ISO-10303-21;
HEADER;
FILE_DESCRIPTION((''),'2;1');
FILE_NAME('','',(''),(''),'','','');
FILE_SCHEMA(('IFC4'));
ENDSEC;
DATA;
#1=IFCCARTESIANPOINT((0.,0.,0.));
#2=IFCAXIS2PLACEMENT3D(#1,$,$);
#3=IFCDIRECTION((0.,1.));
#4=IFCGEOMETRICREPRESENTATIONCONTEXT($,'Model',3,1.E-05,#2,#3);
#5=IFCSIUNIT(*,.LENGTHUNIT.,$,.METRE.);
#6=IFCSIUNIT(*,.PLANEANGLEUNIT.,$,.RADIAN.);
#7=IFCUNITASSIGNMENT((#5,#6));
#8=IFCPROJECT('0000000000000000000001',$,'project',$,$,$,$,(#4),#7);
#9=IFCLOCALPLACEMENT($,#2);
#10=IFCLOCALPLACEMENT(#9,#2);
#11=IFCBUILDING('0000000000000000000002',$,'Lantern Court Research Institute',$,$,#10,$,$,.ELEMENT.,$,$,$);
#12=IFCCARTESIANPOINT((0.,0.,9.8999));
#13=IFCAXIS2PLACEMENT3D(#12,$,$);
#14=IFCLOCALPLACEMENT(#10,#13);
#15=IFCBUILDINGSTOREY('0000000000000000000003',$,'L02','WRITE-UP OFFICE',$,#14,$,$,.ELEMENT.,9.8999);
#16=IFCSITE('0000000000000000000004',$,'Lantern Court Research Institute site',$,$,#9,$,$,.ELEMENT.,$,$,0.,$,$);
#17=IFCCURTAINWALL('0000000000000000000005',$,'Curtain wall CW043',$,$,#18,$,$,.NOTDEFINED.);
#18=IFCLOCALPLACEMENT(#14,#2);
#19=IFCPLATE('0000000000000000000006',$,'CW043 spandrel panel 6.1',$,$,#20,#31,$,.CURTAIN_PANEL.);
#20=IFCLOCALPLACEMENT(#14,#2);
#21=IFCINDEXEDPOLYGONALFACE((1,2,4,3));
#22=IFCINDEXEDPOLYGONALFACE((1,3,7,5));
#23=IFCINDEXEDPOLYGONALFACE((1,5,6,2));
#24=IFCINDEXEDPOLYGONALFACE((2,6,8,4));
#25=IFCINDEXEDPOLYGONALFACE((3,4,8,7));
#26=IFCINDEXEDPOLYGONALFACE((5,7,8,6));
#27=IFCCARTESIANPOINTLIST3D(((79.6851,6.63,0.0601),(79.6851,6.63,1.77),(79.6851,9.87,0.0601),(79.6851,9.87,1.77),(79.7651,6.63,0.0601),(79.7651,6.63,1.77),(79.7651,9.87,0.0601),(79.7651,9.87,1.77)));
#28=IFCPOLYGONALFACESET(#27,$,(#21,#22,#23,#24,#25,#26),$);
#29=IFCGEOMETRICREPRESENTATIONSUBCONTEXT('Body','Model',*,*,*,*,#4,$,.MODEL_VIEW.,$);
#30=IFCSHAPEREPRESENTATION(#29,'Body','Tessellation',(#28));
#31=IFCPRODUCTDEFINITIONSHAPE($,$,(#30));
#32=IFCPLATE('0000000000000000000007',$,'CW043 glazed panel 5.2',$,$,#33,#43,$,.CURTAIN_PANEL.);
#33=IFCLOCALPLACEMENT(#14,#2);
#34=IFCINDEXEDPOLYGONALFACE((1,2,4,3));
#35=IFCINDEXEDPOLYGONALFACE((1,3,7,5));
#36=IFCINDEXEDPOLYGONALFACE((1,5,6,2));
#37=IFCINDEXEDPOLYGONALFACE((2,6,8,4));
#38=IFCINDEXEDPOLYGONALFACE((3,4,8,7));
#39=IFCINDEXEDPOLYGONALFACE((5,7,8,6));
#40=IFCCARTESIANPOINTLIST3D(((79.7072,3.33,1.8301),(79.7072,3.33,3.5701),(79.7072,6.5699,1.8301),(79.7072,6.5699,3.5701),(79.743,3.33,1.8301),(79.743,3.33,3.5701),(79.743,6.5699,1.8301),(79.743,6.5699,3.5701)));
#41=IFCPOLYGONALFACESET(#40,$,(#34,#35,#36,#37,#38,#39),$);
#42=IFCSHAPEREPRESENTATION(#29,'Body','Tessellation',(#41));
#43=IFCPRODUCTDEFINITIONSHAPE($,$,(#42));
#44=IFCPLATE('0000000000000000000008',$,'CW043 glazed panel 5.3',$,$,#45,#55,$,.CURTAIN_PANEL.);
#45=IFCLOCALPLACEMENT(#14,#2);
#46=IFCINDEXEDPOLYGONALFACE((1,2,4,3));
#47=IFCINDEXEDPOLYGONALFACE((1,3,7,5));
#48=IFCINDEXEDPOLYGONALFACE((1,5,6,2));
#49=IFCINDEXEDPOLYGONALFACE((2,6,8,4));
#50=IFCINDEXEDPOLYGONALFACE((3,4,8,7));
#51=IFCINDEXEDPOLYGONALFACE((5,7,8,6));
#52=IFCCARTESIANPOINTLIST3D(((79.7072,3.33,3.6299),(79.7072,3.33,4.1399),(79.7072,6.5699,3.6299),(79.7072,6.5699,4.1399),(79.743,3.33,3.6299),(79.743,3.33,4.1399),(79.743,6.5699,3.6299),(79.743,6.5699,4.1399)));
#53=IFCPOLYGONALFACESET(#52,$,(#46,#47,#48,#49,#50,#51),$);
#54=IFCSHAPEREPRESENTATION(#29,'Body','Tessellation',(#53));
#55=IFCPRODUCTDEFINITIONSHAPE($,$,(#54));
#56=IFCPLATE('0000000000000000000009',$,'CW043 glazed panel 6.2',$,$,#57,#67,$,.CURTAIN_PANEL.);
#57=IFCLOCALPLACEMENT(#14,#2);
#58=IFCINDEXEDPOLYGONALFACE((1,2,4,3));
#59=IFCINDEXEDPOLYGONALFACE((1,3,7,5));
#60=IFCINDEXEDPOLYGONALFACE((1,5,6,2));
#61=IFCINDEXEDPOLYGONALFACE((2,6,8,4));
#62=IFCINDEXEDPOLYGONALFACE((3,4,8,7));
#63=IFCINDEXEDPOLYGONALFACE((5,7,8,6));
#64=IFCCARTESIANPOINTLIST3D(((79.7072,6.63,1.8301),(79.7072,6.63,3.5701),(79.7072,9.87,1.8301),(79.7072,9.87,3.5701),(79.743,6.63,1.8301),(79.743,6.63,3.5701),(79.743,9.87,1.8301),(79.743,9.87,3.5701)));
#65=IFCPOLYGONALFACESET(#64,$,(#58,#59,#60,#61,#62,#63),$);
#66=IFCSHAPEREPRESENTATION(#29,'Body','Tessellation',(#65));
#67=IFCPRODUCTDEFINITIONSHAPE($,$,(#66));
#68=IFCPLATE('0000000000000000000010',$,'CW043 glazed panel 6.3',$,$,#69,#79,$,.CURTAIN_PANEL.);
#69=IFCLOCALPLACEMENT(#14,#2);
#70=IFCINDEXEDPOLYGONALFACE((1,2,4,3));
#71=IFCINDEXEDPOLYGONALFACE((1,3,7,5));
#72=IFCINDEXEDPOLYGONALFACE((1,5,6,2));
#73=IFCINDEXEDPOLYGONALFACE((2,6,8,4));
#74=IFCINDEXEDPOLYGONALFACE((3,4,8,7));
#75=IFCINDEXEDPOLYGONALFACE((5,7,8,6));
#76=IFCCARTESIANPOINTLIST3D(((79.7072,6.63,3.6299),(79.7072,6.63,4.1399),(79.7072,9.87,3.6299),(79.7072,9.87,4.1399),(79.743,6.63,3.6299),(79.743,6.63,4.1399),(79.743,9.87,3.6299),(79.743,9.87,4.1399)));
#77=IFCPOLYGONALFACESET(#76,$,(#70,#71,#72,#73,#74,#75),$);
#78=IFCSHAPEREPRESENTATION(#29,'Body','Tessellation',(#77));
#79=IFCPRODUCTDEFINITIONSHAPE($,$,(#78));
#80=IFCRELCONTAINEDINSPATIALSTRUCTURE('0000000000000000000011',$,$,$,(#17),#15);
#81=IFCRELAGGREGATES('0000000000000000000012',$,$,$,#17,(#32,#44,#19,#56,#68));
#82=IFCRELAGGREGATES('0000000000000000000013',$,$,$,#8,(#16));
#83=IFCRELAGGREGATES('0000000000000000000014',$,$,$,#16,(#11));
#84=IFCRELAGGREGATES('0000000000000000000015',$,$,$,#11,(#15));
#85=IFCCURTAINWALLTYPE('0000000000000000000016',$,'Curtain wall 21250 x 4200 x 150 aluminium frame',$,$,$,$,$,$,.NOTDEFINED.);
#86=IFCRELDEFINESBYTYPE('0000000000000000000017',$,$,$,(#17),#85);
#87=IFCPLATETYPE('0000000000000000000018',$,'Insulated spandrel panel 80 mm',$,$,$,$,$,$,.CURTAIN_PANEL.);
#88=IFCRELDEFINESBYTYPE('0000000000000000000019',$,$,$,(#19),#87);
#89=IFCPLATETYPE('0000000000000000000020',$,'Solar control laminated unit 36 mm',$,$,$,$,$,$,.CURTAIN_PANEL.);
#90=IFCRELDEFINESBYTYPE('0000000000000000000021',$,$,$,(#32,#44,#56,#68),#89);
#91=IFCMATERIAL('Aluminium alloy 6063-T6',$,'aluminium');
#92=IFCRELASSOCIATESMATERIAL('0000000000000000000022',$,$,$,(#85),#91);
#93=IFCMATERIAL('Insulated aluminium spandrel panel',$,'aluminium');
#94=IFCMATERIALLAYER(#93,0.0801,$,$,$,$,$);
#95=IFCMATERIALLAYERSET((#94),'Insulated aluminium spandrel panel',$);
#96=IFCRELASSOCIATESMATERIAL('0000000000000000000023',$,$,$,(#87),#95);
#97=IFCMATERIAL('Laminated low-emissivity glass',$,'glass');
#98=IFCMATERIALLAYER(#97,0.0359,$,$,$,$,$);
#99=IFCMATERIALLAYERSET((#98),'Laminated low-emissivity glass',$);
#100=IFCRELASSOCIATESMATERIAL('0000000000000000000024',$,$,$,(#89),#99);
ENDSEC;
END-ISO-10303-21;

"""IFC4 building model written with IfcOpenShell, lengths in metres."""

from ifc_helpers import new_model, si_unit, direction, frame, origin, origin_2d, place, context, subcontext, project, spatial, rectangle, extrude, material, layer, layer_set, type_object, element, aggregate, save


model = new_model("IFC4")

# Units and contexts
model_context = context("Model", 3, precision=1e-05, world=origin(), true_north=direction((0.0, 1.0)))
body_context = subcontext(model_context, "Body", "Model", "MODEL_VIEW")
ifc_project = project(units=[si_unit("LENGTHUNIT", "METRE"), si_unit("PLANEANGLEUNIT", "RADIAN")], contexts=[model_context])

# Site, building, storey
site_placement = place(None, origin())
site = spatial("IfcSite", under=ifc_project, at=site_placement, Name="Lantern Court Research Institute site", CompositionType="ELEMENT", RefElevation=0.0)
building_placement = place(site_placement, origin())
building = spatial("IfcBuilding", under=site, at=building_placement, Name="Lantern Court Research Institute", CompositionType="ELEMENT")
storey_placement = place(building_placement, frame((0.0, 0.0, 9.8999)))
storey = spatial("IfcBuildingStorey", under=building, at=storey_placement, Name="L02", Description="WRITE-UP OFFICE", CompositionType="ELEMENT", Elevation=9.8999)

# Curtain wall, plates
ifc_material_1 = material(Name="Aluminium alloy 6063-T6", Category="aluminium")
curtain_wall_type = type_object("IfcCurtainWallType", Name="Curtain wall 21250 x 4200 x 150 aluminium frame", PredefinedType="NOTDEFINED", material=ifc_material_1)
curtain_wall_placement = place(storey_placement, origin())
curtain_wall = element("IfcCurtainWall", 1, at=curtain_wall_placement, inside=storey, type_object=curtain_wall_type, Name="Curtain wall CW043", PredefinedType="NOTDEFINED")
ifc_material_2 = material(Name="Insulated aluminium spandrel panel", Category="aluminium")
ifc_layer_1 = layer(ifc_material_2, 0.0801)
ifc_layer_set_1 = layer_set([ifc_layer_1], Name="Insulated aluminium spandrel panel")
plate_type_1 = type_object("IfcPlateType", Name="Insulated spandrel panel 80 mm", PredefinedType="CURTAIN_PANEL", material=ifc_layer_set_1)
plate_1_placement = place(storey_placement, frame((79.7251, 8.25, 0.0601), z_axis=(0.0, 0.0, 1.0), x_axis=(0.0, -1.0, 0.0)))
plate_1 = element("IfcPlate", 2, at=plate_1_placement, type_object=plate_type_1, Name="CW043 spandrel panel 6.1", PredefinedType="CURTAIN_PANEL", context=body_context, shape_type="SweptSolid", body=[
    extrude(rectangle(XDim=3.24, YDim=0.0801, at=origin_2d()), origin(), (0.0, 0.0, 1.0), 1.71),
])
ifc_material_3 = material(Name="Laminated low-emissivity glass", Category="glass")
ifc_layer_2 = layer(ifc_material_3, 0.0359)
ifc_layer_set_2 = layer_set([ifc_layer_2], Name="Laminated low-emissivity glass")
plate_type_2 = type_object("IfcPlateType", Name="Solar control laminated unit 36 mm", PredefinedType="CURTAIN_PANEL", material=ifc_layer_set_2)
plate_2_placement = place(storey_placement, frame((79.7251, 4.95, 1.8301), z_axis=(0.0, 0.0, 1.0), x_axis=(0.0, -1.0, 0.0)))
plate_2 = element("IfcPlate", 3, at=plate_2_placement, type_object=plate_type_2, Name="CW043 glazed panel 5.2", PredefinedType="CURTAIN_PANEL", context=body_context, shape_type="SweptSolid", body=[
    extrude(rectangle(XDim=3.24, YDim=0.0359, at=origin_2d()), origin(), (0.0, 0.0, 1.0), 1.74),
])
plate_3_placement = place(storey_placement, frame((79.7251, 4.95, 3.6299), z_axis=(0.0, 0.0, 1.0), x_axis=(0.0, -1.0, 0.0)))
plate_3 = element("IfcPlate", 4, at=plate_3_placement, type_object=plate_type_2, Name="CW043 glazed panel 5.3", PredefinedType="CURTAIN_PANEL", context=body_context, shape_type="SweptSolid", body=[
    extrude(rectangle(XDim=3.24, YDim=0.0359, at=origin_2d()), origin(), (0.0, 0.0, 1.0), 0.51),
])
plate_4_placement = place(storey_placement, frame((79.7251, 8.25, 1.8301), z_axis=(0.0, 0.0, 1.0), x_axis=(0.0, -1.0, 0.0)))
plate_4 = element("IfcPlate", 5, at=plate_4_placement, type_object=plate_type_2, Name="CW043 glazed panel 6.2", PredefinedType="CURTAIN_PANEL", context=body_context, shape_type="SweptSolid", body=[
    extrude(rectangle(XDim=3.24, YDim=0.0359, at=origin_2d()), origin(), (0.0, 0.0, 1.0), 1.74),
])
plate_5_placement = place(storey_placement, frame((79.7251, 8.25, 3.6299), z_axis=(0.0, 0.0, 1.0), x_axis=(0.0, -1.0, 0.0)))
plate_5 = element("IfcPlate", 6, at=plate_5_placement, type_object=plate_type_2, Name="CW043 glazed panel 6.3", PredefinedType="CURTAIN_PANEL", context=body_context, shape_type="SweptSolid", body=[
    extrude(rectangle(XDim=3.24, YDim=0.0359, at=origin_2d()), origin(), (0.0, 0.0, 1.0), 0.51),
])
aggregate(curtain_wall, [plate_2, plate_3, plate_1, plate_4, plate_5])

save(model, "model.ifc")
